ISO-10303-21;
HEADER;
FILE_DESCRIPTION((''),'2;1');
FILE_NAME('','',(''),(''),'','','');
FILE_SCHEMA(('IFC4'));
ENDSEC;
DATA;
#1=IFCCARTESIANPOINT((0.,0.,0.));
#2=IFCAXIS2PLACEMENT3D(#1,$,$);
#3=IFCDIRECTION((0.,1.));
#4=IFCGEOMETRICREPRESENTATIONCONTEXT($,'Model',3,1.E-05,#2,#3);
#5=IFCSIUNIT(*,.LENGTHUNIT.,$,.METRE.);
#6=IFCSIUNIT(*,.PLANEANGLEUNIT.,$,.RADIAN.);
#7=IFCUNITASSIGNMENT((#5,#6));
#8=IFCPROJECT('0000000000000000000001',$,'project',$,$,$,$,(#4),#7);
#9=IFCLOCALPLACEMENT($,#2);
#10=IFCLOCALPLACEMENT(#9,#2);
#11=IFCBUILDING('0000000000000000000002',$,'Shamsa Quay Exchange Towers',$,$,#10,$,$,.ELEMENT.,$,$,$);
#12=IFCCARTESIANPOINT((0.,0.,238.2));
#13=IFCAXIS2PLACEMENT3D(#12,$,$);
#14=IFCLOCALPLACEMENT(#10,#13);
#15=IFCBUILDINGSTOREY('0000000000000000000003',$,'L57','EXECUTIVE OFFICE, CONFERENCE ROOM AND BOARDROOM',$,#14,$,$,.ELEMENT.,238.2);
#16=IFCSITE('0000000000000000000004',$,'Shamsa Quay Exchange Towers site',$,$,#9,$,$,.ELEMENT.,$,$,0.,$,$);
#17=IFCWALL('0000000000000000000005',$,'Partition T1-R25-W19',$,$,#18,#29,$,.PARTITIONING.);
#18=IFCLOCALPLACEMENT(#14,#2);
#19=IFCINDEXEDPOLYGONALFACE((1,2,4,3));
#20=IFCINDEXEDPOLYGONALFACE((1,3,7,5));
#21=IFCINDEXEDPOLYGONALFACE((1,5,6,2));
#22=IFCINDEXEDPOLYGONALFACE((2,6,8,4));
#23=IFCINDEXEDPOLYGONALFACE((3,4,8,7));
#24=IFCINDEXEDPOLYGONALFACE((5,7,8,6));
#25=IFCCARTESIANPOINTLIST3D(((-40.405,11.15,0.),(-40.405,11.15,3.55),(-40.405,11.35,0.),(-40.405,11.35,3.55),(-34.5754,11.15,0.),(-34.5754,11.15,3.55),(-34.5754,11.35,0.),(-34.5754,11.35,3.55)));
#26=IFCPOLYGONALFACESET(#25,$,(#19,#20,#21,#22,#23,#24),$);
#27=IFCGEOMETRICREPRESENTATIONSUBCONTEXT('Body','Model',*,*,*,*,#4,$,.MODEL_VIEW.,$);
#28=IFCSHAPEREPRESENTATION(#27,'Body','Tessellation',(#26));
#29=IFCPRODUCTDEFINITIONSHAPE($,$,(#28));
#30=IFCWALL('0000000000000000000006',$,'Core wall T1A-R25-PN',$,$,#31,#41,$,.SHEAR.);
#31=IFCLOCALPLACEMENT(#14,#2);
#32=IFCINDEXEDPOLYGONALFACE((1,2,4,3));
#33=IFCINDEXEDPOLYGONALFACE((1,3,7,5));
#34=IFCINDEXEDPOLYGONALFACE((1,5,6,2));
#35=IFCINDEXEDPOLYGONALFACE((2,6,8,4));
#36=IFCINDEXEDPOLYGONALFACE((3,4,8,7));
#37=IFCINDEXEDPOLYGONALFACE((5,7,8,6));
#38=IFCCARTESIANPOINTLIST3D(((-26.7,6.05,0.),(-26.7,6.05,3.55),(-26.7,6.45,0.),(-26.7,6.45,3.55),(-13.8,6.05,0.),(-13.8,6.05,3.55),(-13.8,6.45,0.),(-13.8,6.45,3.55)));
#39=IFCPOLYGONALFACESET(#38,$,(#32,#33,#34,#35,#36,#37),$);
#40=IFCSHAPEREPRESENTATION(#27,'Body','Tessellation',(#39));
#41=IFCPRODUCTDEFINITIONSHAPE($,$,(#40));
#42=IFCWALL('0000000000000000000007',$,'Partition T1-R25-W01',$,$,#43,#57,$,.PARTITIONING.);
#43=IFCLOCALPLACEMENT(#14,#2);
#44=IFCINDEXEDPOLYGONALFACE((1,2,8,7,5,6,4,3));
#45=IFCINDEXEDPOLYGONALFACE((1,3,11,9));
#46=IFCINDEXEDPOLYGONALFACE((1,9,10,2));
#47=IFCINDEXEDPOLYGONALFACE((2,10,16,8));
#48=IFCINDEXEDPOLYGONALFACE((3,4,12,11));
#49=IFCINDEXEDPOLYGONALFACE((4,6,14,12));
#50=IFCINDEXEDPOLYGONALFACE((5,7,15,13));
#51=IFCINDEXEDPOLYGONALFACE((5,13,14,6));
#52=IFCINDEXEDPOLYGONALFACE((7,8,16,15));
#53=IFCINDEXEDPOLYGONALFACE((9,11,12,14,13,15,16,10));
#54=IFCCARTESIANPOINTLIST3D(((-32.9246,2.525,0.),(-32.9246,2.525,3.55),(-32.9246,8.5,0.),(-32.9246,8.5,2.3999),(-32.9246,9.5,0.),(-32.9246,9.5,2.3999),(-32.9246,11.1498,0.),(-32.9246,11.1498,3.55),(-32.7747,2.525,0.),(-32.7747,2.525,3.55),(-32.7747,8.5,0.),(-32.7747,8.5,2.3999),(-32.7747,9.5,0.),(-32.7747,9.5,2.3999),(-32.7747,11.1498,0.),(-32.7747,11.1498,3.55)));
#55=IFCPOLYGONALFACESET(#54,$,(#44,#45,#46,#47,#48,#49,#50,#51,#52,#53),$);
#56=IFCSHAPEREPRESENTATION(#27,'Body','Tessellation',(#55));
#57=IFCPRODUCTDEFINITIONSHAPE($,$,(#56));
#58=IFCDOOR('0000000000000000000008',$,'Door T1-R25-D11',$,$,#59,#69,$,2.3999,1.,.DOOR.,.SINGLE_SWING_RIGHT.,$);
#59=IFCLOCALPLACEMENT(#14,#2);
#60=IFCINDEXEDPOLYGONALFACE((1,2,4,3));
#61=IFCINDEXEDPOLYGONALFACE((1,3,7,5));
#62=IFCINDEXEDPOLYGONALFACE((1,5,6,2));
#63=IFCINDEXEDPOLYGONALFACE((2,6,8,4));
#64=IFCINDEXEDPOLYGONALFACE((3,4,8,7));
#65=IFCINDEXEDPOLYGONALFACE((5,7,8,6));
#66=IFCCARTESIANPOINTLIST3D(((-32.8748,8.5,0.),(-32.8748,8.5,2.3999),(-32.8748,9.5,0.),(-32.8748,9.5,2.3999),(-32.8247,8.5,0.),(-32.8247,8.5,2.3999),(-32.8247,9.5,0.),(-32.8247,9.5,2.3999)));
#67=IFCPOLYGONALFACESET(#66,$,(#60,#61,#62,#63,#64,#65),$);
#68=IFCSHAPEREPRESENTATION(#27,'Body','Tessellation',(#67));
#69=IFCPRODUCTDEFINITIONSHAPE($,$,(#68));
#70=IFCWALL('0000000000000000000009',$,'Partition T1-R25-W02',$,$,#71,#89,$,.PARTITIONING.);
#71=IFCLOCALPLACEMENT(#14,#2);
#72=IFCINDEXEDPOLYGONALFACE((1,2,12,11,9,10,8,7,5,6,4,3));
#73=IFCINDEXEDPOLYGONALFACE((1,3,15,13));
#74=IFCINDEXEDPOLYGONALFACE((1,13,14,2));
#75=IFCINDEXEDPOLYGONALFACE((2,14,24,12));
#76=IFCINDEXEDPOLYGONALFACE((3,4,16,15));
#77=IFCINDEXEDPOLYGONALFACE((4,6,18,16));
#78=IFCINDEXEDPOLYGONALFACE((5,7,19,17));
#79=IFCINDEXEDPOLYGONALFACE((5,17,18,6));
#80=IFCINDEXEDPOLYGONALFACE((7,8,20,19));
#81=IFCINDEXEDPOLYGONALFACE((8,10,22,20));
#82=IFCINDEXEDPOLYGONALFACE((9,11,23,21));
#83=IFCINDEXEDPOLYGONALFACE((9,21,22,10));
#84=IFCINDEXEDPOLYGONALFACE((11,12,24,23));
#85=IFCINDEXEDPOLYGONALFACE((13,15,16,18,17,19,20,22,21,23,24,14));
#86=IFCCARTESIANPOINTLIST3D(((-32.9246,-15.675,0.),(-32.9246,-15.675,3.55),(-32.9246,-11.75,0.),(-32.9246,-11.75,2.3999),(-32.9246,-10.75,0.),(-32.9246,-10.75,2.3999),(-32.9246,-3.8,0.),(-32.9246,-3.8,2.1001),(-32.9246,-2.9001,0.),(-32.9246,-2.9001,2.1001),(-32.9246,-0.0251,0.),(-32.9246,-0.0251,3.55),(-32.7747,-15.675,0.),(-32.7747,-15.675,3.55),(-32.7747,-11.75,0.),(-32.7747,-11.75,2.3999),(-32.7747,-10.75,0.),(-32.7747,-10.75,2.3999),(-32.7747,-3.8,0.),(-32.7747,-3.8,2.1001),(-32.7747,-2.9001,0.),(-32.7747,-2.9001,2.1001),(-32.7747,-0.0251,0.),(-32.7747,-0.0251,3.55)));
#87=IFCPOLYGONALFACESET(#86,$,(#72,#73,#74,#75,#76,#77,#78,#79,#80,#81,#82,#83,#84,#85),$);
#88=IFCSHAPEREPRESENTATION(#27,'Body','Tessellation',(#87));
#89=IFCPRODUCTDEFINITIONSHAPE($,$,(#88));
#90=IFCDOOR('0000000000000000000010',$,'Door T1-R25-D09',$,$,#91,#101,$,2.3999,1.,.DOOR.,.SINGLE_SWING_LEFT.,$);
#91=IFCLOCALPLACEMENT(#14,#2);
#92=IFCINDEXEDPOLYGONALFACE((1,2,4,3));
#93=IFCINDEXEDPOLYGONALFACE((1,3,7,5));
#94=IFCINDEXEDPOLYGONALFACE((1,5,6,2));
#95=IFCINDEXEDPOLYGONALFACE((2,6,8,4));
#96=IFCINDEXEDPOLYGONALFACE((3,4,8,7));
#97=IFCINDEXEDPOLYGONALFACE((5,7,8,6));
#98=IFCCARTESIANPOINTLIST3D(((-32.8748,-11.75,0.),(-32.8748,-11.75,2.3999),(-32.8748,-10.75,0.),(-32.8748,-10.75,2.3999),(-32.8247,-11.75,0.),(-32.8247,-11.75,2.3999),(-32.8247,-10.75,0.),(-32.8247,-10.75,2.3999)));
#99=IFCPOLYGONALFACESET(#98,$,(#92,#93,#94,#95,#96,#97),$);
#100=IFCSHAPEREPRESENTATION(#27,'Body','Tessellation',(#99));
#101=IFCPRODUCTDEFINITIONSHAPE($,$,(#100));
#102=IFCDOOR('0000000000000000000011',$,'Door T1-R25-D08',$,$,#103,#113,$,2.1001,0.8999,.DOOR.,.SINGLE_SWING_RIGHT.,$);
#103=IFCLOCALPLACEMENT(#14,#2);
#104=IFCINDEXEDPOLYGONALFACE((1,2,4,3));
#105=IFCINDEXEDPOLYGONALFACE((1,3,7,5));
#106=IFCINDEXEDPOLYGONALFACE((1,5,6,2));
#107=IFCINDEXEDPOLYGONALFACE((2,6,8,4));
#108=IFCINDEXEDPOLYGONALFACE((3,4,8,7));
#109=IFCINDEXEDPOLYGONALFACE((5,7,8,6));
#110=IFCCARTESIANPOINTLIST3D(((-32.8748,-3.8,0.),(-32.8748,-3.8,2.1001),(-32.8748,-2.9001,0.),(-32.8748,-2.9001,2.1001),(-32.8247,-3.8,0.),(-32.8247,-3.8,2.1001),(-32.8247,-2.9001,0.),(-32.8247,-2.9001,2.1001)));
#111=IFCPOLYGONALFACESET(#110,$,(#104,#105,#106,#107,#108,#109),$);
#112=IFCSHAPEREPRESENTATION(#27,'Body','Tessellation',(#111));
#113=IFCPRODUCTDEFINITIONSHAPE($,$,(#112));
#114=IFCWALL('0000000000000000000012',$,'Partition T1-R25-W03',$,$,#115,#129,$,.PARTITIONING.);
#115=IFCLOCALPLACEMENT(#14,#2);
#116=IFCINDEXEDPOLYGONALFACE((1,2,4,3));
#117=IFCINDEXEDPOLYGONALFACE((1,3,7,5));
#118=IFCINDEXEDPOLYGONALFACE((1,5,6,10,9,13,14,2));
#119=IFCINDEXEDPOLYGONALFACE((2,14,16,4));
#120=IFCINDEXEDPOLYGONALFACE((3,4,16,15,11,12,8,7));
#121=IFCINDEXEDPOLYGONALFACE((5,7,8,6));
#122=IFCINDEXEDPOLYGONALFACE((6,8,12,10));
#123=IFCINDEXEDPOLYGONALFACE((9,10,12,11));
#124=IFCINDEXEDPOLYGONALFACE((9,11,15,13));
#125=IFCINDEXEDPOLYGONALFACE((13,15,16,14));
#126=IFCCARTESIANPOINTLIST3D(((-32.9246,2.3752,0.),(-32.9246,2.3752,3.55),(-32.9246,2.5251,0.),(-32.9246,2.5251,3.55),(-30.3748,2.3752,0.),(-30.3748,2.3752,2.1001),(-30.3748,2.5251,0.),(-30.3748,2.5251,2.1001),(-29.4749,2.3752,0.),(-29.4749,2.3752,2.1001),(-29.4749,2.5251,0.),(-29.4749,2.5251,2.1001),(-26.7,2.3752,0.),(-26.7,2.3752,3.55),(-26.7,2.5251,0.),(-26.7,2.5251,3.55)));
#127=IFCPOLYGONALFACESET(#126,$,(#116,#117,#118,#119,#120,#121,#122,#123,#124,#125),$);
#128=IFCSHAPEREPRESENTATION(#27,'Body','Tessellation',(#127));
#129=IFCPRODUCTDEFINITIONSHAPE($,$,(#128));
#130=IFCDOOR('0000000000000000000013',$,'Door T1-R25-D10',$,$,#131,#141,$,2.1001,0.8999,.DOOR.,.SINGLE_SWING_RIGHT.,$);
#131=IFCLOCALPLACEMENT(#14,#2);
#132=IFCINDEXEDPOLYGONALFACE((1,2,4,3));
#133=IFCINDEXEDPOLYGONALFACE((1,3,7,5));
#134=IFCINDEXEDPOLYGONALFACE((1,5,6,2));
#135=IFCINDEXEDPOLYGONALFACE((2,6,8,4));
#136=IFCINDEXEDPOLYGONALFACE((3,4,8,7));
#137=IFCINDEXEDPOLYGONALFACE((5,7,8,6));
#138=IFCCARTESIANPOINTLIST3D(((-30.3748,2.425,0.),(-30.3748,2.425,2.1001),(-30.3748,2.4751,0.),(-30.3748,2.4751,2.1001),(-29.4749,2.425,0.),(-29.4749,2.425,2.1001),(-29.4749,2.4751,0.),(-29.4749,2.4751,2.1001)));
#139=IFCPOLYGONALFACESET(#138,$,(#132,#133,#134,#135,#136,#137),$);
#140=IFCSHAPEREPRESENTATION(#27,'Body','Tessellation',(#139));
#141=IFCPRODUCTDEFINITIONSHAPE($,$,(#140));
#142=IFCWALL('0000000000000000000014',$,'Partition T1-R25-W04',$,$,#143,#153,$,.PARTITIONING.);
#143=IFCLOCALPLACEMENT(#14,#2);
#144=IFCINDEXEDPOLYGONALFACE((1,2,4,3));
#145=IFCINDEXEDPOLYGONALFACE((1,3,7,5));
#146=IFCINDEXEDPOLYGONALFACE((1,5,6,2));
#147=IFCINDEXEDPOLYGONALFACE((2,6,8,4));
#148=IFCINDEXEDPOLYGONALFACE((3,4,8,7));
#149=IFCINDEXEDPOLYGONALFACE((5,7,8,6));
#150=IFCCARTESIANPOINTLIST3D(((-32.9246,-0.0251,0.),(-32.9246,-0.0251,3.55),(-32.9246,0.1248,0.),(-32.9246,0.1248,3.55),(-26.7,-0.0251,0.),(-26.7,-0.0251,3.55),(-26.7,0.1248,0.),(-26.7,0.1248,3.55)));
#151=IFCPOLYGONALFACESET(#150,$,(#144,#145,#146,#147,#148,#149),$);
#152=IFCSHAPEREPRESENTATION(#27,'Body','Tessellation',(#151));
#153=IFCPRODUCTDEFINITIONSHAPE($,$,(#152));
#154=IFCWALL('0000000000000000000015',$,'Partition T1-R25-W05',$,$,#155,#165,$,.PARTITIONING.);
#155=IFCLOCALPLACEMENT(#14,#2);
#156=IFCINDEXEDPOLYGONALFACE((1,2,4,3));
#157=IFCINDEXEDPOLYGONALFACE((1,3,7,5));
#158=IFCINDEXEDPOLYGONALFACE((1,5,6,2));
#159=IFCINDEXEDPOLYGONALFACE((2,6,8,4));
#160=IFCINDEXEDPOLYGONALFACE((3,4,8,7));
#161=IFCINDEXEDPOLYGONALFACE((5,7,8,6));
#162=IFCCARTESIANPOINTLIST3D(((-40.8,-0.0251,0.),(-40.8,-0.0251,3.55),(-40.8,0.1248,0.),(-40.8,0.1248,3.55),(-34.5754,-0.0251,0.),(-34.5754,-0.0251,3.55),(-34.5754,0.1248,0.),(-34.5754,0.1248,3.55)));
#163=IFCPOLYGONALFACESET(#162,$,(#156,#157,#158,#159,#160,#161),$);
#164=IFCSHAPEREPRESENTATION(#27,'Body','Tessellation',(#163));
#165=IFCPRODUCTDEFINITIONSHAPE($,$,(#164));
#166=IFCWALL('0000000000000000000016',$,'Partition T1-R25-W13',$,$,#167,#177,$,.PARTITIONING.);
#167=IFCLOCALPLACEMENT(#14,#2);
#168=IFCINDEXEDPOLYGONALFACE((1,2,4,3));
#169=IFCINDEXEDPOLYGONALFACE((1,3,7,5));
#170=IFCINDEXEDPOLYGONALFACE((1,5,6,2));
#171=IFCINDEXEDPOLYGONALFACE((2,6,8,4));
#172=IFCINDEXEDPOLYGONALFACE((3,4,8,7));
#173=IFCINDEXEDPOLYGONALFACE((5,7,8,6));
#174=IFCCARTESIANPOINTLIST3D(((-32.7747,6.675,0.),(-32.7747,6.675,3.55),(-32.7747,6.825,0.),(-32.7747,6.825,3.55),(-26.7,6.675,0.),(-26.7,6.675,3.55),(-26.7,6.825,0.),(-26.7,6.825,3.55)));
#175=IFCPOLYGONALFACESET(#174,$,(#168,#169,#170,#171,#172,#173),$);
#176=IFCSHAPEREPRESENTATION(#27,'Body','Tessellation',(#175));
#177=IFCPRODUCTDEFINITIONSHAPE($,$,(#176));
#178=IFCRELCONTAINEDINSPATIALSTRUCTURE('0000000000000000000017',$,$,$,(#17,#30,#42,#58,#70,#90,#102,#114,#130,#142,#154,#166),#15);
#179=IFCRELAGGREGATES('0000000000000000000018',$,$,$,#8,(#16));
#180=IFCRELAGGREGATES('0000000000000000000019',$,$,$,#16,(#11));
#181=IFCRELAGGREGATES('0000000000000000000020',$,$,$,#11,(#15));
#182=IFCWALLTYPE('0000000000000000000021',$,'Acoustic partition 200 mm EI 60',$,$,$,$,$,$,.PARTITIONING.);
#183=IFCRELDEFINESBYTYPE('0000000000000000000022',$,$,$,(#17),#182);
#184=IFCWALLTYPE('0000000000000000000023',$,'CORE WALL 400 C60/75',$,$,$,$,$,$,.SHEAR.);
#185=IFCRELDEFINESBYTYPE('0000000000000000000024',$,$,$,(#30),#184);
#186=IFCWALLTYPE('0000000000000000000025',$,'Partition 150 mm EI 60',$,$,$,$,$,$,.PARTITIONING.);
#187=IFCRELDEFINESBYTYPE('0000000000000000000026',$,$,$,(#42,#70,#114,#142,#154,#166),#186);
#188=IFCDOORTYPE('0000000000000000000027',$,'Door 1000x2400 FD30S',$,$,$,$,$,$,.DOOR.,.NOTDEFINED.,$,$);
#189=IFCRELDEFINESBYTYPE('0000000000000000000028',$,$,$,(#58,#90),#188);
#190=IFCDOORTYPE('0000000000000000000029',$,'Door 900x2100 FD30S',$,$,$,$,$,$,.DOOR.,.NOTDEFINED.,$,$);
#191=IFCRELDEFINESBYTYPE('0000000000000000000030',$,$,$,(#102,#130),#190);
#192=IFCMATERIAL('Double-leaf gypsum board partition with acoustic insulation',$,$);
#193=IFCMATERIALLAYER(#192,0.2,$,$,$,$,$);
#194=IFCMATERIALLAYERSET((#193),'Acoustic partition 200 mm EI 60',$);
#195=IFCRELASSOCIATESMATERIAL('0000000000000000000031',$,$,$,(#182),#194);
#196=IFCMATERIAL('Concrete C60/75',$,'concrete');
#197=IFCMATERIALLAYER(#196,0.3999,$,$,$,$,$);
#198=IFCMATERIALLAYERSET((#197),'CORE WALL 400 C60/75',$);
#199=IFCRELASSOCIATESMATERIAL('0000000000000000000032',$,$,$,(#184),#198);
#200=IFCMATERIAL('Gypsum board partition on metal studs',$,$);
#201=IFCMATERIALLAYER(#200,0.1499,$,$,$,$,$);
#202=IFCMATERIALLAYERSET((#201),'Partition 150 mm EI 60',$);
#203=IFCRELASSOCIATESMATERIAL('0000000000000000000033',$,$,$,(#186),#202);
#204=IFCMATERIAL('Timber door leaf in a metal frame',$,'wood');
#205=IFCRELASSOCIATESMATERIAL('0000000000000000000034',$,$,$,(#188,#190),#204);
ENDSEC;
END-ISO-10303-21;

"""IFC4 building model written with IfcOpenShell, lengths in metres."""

from ifc_helpers import new_model, si_unit, direction, frame, frame_2d, origin, place, context, subcontext, project, spatial, rectangle, extrude, material, layer, layer_set, type_object, element, fill, save


model = new_model("IFC4")

# Units and contexts
model_context = context("Model", 3, precision=1e-05, world=origin(), true_north=direction((0.0, 1.0)))
body_context = subcontext(model_context, "Body", "Model", "MODEL_VIEW")
ifc_project = project(units=[si_unit("LENGTHUNIT", "METRE"), si_unit("PLANEANGLEUNIT", "RADIAN")], contexts=[model_context])

# Site, building, storey
site_placement = place(None, origin())
site = spatial("IfcSite", under=ifc_project, at=site_placement, Name="Shamsa Quay Exchange Towers site", CompositionType="ELEMENT", RefElevation=0.0)
building_placement = place(site_placement, origin())
building = spatial("IfcBuilding", under=site, at=building_placement, Name="Shamsa Quay Exchange Towers", CompositionType="ELEMENT")
storey_placement = place(building_placement, frame((0.0, 0.0, 238.2)))
storey = spatial("IfcBuildingStorey", under=building, at=storey_placement, Name="L57", Description="EXECUTIVE OFFICE, CONFERENCE ROOM AND BOARDROOM", CompositionType="ELEMENT", Elevation=238.2)

# Walls
ifc_material_1 = material(Name="Double-leaf gypsum board partition with acoustic insulation")
ifc_layer_1 = layer(ifc_material_1, 0.2)
ifc_layer_set_1 = layer_set([ifc_layer_1], Name="Acoustic partition 200 mm EI 60")
wall_type_1 = type_object("IfcWallType", Name="Acoustic partition 200 mm EI 60", PredefinedType="PARTITIONING", material=ifc_layer_set_1)
wall_1_placement = place(storey_placement, frame((-34.5754, 11.25, 0.0), z_axis=(0.0, 0.0, 1.0), x_axis=(-1.0, 0.0, 0.0)))
element("IfcWall", 1, at=wall_1_placement, inside=storey, type_object=wall_type_1, Name="Partition T1-R25-W19", PredefinedType="PARTITIONING", context=body_context, shape_type="SweptSolid", body=[
    extrude(rectangle(XDim=5.8296, YDim=0.2, at=frame_2d((2.9148, 0.0))), origin(), (0.0, 0.0, 1.0), 3.55),
])
ifc_material_2 = material(Name="Concrete C60/75", Category="concrete")
ifc_layer_2 = layer(ifc_material_2, 0.3999)
ifc_layer_set_2 = layer_set([ifc_layer_2], Name="CORE WALL 400 C60/75")
wall_type_2 = type_object("IfcWallType", Name="CORE WALL 400 C60/75", PredefinedType="SHEAR", material=ifc_layer_set_2)
wall_2_placement = place(storey_placement, frame((-26.7, 6.25, 0.0)))
element("IfcWall", 2, at=wall_2_placement, inside=storey, type_object=wall_type_2, Name="Core wall T1A-R25-PN", PredefinedType="SHEAR", context=body_context, shape_type="SweptSolid", body=[
    extrude(rectangle(XDim=12.8999, YDim=0.3999, at=frame_2d((6.45, 0.0))), origin(), (0.0, 0.0, 1.0), 3.55),
])

# Wall, opening, door
ifc_material_3 = material(Name="Gypsum board partition on metal studs")
ifc_layer_3 = layer(ifc_material_3, 0.1499)
ifc_layer_set_3 = layer_set([ifc_layer_3], Name="Partition 150 mm EI 60")
wall_type_3 = type_object("IfcWallType", Name="Partition 150 mm EI 60", PredefinedType="PARTITIONING", material=ifc_layer_set_3)
wall_3_placement = place(storey_placement, frame((-32.8496, 11.1499, 0.0), z_axis=(0.0, 0.0, 1.0), x_axis=(0.0, -1.0, 0.0)))
wall_3 = element("IfcWall", 3, at=wall_3_placement, inside=storey, type_object=wall_type_3, Name="Partition T1-R25-W01", PredefinedType="PARTITIONING", context=body_context, shape_type="SweptSolid", body=[
    extrude(rectangle(XDim=8.6248, YDim=0.1499, at=frame_2d((4.3125, 0.0))), origin(), (0.0, 0.0, 1.0), 3.55),
])
opening_1_placement = place(wall_3_placement, frame((1.6499, 0.0, 0.0)))
opening_1 = element("IfcOpeningElement", 4, at=opening_1_placement, cuts=wall_3, PredefinedType="OPENING", context=body_context, shape_type="SweptSolid", body=[
    extrude(rectangle(XDim=1.0, YDim=2.3999, at=frame_2d((0.5, 1.2))), frame((0.0, 0.085, 0.0), z_axis=(0.0, -1.0, 0.0), x_axis=(1.0, 0.0, 0.0)), (0.0, 0.0, 1.0), 0.1699),
])
ifc_material_4 = material(Name="Timber door leaf in a metal frame", Category="wood")
door_type_1 = type_object("IfcDoorType", Name="Door 1000x2400 FD30S", OperationType="NOTDEFINED", PredefinedType="DOOR", material=ifc_material_4)
door_1_placement = place(opening_1_placement, origin())
door_1 = element("IfcDoor", 5, at=door_1_placement, inside=storey, type_object=door_type_1, Name="Door T1-R25-D11", OperationType="SINGLE_SWING_RIGHT", OverallHeight=2.3999, OverallWidth=1.0, PredefinedType="DOOR", context=body_context, shape_type="SweptSolid", body=[
    extrude(rectangle(XDim=1.0, YDim=2.3999, at=frame_2d((0.5, 1.2))), frame((0.0, 0.0249, 0.0), z_axis=(0.0, -1.0, 0.0), x_axis=(1.0, 0.0, 0.0)), (0.0, 0.0, 1.0), 0.05),
])
fill(opening_1, door_1)

# Wall, openings, doors
wall_4_placement = place(storey_placement, frame((-32.8496, -0.0251, 0.0), z_axis=(0.0, 0.0, 1.0), x_axis=(0.0, -1.0, 0.0)))
wall_4 = element("IfcWall", 6, at=wall_4_placement, inside=storey, type_object=wall_type_3, Name="Partition T1-R25-W02", PredefinedType="PARTITIONING", context=body_context, shape_type="SweptSolid", body=[
    extrude(rectangle(XDim=15.6499, YDim=0.1499, at=frame_2d((7.825, 0.0))), origin(), (0.0, 0.0, 1.0), 3.55),
])
opening_2_placement = place(wall_4_placement, frame((2.875, 0.0, 0.0)))
opening_2 = element("IfcOpeningElement", 7, at=opening_2_placement, cuts=wall_4, PredefinedType="OPENING", context=body_context, shape_type="SweptSolid", body=[
    extrude(rectangle(XDim=0.8999, YDim=2.1001, at=frame_2d((0.45, 1.05))), frame((0.0, 0.085, 0.0), z_axis=(0.0, -1.0, 0.0), x_axis=(1.0, 0.0, 0.0)), (0.0, 0.0, 1.0), 0.1699),
])
opening_3_placement = place(wall_4_placement, frame((10.7249, 0.0, 0.0)))
opening_3 = element("IfcOpeningElement", 8, at=opening_3_placement, cuts=wall_4, PredefinedType="OPENING", context=body_context, shape_type="SweptSolid", body=[
    extrude(rectangle(XDim=1.0, YDim=2.3999, at=frame_2d((0.5, 1.2))), frame((0.0, 0.085, 0.0), z_axis=(0.0, -1.0, 0.0), x_axis=(1.0, 0.0, 0.0)), (0.0, 0.0, 1.0), 0.1699),
])
door_2_placement = place(opening_3_placement, origin())
door_2 = element("IfcDoor", 9, at=door_2_placement, inside=storey, type_object=door_type_1, Name="Door T1-R25-D09", OperationType="SINGLE_SWING_LEFT", OverallHeight=2.3999, OverallWidth=1.0, PredefinedType="DOOR", context=body_context, shape_type="SweptSolid", body=[
    extrude(rectangle(XDim=1.0, YDim=2.3999, at=frame_2d((0.5, 1.2))), frame((0.0, 0.0249, 0.0), z_axis=(0.0, -1.0, 0.0), x_axis=(1.0, 0.0, 0.0)), (0.0, 0.0, 1.0), 0.05),
])
fill(opening_3, door_2)
door_type_2 = type_object("IfcDoorType", Name="Door 900x2100 FD30S", OperationType="NOTDEFINED", PredefinedType="DOOR", material=ifc_material_4)
door_3_placement = place(opening_2_placement, origin())
door_3 = element("IfcDoor", 10, at=door_3_placement, inside=storey, type_object=door_type_2, Name="Door T1-R25-D08", OperationType="SINGLE_SWING_RIGHT", OverallHeight=2.1001, OverallWidth=0.8999, PredefinedType="DOOR", context=body_context, shape_type="SweptSolid", body=[
    extrude(rectangle(XDim=0.8999, YDim=2.1001, at=frame_2d((0.45, 1.05))), frame((0.0, 0.0249, 0.0), z_axis=(0.0, -1.0, 0.0), x_axis=(1.0, 0.0, 0.0)), (0.0, 0.0, 1.0), 0.05),
])
fill(opening_2, door_3)

# Wall, opening, door
wall_5_placement = place(storey_placement, frame((-32.9246, 2.4502, 0.0)))
wall_5 = element("IfcWall", 11, at=wall_5_placement, inside=storey, type_object=wall_type_3, Name="Partition T1-R25-W03", PredefinedType="PARTITIONING", context=body_context, shape_type="SweptSolid", body=[
    extrude(rectangle(XDim=6.2246, YDim=0.1499, at=frame_2d((3.1123, 0.0))), origin(), (0.0, 0.0, 1.0), 3.55),
])
opening_4_placement = place(wall_5_placement, frame((2.5498, 0.0, 0.0)))
opening_4 = element("IfcOpeningElement", 12, at=opening_4_placement, cuts=wall_5, PredefinedType="OPENING", context=body_context, shape_type="SweptSolid", body=[
    extrude(rectangle(XDim=0.8999, YDim=2.1001, at=frame_2d((0.45, 1.05))), frame((0.0, 0.085, 0.0), z_axis=(0.0, -1.0, 0.0), x_axis=(1.0, 0.0, 0.0)), (0.0, 0.0, 1.0), 0.1699),
])
door_4_placement = place(opening_4_placement, origin())
door_4 = element("IfcDoor", 13, at=door_4_placement, inside=storey, type_object=door_type_2, Name="Door T1-R25-D10", OperationType="SINGLE_SWING_RIGHT", OverallHeight=2.1001, OverallWidth=0.8999, PredefinedType="DOOR", context=body_context, shape_type="SweptSolid", body=[
    extrude(rectangle(XDim=0.8999, YDim=2.1001, at=frame_2d((0.45, 1.05))), frame((0.0, 0.0249, 0.0), z_axis=(0.0, -1.0, 0.0), x_axis=(1.0, 0.0, 0.0)), (0.0, 0.0, 1.0), 0.05),
])
fill(opening_4, door_4)

# Walls
for number, where, z_axis, x_axis, name in (
    (14, (-26.7, 0.0498, 0.0), (0.0, 0.0, 1.0), (-1.0, 0.0, 0.0), "Partition T1-R25-W04"),
    (15, (-34.5754, 0.0498, 0.0), (0.0, 0.0, 1.0), (-1.0, 0.0, 0.0), "Partition T1-R25-W05"),
):
    element("IfcWall", number, at=place(storey_placement, frame(where, z_axis=z_axis, x_axis=x_axis)), inside=storey, type_object=wall_type_3, Name=name, PredefinedType="PARTITIONING", context=body_context, shape_type="SweptSolid", body=[
        extrude(rectangle(XDim=6.2246, YDim=0.1499, at=frame_2d((3.1123, 0.0))), origin(), (0.0, 0.0, 1.0), 3.55),
    ])
wall_6_placement = place(storey_placement, frame((-26.7, 6.75, 0.0), z_axis=(0.0, 0.0, 1.0), x_axis=(-1.0, 0.0, 0.0)))
element("IfcWall", 16, at=wall_6_placement, inside=storey, type_object=wall_type_3, Name="Partition T1-R25-W13", PredefinedType="PARTITIONING", context=body_context, shape_type="SweptSolid", body=[
    extrude(rectangle(XDim=6.0747, YDim=0.1499, at=frame_2d((3.0374, 0.0))), origin(), (0.0, 0.0, 1.0), 3.55),
])

save(model, "model.ifc")
